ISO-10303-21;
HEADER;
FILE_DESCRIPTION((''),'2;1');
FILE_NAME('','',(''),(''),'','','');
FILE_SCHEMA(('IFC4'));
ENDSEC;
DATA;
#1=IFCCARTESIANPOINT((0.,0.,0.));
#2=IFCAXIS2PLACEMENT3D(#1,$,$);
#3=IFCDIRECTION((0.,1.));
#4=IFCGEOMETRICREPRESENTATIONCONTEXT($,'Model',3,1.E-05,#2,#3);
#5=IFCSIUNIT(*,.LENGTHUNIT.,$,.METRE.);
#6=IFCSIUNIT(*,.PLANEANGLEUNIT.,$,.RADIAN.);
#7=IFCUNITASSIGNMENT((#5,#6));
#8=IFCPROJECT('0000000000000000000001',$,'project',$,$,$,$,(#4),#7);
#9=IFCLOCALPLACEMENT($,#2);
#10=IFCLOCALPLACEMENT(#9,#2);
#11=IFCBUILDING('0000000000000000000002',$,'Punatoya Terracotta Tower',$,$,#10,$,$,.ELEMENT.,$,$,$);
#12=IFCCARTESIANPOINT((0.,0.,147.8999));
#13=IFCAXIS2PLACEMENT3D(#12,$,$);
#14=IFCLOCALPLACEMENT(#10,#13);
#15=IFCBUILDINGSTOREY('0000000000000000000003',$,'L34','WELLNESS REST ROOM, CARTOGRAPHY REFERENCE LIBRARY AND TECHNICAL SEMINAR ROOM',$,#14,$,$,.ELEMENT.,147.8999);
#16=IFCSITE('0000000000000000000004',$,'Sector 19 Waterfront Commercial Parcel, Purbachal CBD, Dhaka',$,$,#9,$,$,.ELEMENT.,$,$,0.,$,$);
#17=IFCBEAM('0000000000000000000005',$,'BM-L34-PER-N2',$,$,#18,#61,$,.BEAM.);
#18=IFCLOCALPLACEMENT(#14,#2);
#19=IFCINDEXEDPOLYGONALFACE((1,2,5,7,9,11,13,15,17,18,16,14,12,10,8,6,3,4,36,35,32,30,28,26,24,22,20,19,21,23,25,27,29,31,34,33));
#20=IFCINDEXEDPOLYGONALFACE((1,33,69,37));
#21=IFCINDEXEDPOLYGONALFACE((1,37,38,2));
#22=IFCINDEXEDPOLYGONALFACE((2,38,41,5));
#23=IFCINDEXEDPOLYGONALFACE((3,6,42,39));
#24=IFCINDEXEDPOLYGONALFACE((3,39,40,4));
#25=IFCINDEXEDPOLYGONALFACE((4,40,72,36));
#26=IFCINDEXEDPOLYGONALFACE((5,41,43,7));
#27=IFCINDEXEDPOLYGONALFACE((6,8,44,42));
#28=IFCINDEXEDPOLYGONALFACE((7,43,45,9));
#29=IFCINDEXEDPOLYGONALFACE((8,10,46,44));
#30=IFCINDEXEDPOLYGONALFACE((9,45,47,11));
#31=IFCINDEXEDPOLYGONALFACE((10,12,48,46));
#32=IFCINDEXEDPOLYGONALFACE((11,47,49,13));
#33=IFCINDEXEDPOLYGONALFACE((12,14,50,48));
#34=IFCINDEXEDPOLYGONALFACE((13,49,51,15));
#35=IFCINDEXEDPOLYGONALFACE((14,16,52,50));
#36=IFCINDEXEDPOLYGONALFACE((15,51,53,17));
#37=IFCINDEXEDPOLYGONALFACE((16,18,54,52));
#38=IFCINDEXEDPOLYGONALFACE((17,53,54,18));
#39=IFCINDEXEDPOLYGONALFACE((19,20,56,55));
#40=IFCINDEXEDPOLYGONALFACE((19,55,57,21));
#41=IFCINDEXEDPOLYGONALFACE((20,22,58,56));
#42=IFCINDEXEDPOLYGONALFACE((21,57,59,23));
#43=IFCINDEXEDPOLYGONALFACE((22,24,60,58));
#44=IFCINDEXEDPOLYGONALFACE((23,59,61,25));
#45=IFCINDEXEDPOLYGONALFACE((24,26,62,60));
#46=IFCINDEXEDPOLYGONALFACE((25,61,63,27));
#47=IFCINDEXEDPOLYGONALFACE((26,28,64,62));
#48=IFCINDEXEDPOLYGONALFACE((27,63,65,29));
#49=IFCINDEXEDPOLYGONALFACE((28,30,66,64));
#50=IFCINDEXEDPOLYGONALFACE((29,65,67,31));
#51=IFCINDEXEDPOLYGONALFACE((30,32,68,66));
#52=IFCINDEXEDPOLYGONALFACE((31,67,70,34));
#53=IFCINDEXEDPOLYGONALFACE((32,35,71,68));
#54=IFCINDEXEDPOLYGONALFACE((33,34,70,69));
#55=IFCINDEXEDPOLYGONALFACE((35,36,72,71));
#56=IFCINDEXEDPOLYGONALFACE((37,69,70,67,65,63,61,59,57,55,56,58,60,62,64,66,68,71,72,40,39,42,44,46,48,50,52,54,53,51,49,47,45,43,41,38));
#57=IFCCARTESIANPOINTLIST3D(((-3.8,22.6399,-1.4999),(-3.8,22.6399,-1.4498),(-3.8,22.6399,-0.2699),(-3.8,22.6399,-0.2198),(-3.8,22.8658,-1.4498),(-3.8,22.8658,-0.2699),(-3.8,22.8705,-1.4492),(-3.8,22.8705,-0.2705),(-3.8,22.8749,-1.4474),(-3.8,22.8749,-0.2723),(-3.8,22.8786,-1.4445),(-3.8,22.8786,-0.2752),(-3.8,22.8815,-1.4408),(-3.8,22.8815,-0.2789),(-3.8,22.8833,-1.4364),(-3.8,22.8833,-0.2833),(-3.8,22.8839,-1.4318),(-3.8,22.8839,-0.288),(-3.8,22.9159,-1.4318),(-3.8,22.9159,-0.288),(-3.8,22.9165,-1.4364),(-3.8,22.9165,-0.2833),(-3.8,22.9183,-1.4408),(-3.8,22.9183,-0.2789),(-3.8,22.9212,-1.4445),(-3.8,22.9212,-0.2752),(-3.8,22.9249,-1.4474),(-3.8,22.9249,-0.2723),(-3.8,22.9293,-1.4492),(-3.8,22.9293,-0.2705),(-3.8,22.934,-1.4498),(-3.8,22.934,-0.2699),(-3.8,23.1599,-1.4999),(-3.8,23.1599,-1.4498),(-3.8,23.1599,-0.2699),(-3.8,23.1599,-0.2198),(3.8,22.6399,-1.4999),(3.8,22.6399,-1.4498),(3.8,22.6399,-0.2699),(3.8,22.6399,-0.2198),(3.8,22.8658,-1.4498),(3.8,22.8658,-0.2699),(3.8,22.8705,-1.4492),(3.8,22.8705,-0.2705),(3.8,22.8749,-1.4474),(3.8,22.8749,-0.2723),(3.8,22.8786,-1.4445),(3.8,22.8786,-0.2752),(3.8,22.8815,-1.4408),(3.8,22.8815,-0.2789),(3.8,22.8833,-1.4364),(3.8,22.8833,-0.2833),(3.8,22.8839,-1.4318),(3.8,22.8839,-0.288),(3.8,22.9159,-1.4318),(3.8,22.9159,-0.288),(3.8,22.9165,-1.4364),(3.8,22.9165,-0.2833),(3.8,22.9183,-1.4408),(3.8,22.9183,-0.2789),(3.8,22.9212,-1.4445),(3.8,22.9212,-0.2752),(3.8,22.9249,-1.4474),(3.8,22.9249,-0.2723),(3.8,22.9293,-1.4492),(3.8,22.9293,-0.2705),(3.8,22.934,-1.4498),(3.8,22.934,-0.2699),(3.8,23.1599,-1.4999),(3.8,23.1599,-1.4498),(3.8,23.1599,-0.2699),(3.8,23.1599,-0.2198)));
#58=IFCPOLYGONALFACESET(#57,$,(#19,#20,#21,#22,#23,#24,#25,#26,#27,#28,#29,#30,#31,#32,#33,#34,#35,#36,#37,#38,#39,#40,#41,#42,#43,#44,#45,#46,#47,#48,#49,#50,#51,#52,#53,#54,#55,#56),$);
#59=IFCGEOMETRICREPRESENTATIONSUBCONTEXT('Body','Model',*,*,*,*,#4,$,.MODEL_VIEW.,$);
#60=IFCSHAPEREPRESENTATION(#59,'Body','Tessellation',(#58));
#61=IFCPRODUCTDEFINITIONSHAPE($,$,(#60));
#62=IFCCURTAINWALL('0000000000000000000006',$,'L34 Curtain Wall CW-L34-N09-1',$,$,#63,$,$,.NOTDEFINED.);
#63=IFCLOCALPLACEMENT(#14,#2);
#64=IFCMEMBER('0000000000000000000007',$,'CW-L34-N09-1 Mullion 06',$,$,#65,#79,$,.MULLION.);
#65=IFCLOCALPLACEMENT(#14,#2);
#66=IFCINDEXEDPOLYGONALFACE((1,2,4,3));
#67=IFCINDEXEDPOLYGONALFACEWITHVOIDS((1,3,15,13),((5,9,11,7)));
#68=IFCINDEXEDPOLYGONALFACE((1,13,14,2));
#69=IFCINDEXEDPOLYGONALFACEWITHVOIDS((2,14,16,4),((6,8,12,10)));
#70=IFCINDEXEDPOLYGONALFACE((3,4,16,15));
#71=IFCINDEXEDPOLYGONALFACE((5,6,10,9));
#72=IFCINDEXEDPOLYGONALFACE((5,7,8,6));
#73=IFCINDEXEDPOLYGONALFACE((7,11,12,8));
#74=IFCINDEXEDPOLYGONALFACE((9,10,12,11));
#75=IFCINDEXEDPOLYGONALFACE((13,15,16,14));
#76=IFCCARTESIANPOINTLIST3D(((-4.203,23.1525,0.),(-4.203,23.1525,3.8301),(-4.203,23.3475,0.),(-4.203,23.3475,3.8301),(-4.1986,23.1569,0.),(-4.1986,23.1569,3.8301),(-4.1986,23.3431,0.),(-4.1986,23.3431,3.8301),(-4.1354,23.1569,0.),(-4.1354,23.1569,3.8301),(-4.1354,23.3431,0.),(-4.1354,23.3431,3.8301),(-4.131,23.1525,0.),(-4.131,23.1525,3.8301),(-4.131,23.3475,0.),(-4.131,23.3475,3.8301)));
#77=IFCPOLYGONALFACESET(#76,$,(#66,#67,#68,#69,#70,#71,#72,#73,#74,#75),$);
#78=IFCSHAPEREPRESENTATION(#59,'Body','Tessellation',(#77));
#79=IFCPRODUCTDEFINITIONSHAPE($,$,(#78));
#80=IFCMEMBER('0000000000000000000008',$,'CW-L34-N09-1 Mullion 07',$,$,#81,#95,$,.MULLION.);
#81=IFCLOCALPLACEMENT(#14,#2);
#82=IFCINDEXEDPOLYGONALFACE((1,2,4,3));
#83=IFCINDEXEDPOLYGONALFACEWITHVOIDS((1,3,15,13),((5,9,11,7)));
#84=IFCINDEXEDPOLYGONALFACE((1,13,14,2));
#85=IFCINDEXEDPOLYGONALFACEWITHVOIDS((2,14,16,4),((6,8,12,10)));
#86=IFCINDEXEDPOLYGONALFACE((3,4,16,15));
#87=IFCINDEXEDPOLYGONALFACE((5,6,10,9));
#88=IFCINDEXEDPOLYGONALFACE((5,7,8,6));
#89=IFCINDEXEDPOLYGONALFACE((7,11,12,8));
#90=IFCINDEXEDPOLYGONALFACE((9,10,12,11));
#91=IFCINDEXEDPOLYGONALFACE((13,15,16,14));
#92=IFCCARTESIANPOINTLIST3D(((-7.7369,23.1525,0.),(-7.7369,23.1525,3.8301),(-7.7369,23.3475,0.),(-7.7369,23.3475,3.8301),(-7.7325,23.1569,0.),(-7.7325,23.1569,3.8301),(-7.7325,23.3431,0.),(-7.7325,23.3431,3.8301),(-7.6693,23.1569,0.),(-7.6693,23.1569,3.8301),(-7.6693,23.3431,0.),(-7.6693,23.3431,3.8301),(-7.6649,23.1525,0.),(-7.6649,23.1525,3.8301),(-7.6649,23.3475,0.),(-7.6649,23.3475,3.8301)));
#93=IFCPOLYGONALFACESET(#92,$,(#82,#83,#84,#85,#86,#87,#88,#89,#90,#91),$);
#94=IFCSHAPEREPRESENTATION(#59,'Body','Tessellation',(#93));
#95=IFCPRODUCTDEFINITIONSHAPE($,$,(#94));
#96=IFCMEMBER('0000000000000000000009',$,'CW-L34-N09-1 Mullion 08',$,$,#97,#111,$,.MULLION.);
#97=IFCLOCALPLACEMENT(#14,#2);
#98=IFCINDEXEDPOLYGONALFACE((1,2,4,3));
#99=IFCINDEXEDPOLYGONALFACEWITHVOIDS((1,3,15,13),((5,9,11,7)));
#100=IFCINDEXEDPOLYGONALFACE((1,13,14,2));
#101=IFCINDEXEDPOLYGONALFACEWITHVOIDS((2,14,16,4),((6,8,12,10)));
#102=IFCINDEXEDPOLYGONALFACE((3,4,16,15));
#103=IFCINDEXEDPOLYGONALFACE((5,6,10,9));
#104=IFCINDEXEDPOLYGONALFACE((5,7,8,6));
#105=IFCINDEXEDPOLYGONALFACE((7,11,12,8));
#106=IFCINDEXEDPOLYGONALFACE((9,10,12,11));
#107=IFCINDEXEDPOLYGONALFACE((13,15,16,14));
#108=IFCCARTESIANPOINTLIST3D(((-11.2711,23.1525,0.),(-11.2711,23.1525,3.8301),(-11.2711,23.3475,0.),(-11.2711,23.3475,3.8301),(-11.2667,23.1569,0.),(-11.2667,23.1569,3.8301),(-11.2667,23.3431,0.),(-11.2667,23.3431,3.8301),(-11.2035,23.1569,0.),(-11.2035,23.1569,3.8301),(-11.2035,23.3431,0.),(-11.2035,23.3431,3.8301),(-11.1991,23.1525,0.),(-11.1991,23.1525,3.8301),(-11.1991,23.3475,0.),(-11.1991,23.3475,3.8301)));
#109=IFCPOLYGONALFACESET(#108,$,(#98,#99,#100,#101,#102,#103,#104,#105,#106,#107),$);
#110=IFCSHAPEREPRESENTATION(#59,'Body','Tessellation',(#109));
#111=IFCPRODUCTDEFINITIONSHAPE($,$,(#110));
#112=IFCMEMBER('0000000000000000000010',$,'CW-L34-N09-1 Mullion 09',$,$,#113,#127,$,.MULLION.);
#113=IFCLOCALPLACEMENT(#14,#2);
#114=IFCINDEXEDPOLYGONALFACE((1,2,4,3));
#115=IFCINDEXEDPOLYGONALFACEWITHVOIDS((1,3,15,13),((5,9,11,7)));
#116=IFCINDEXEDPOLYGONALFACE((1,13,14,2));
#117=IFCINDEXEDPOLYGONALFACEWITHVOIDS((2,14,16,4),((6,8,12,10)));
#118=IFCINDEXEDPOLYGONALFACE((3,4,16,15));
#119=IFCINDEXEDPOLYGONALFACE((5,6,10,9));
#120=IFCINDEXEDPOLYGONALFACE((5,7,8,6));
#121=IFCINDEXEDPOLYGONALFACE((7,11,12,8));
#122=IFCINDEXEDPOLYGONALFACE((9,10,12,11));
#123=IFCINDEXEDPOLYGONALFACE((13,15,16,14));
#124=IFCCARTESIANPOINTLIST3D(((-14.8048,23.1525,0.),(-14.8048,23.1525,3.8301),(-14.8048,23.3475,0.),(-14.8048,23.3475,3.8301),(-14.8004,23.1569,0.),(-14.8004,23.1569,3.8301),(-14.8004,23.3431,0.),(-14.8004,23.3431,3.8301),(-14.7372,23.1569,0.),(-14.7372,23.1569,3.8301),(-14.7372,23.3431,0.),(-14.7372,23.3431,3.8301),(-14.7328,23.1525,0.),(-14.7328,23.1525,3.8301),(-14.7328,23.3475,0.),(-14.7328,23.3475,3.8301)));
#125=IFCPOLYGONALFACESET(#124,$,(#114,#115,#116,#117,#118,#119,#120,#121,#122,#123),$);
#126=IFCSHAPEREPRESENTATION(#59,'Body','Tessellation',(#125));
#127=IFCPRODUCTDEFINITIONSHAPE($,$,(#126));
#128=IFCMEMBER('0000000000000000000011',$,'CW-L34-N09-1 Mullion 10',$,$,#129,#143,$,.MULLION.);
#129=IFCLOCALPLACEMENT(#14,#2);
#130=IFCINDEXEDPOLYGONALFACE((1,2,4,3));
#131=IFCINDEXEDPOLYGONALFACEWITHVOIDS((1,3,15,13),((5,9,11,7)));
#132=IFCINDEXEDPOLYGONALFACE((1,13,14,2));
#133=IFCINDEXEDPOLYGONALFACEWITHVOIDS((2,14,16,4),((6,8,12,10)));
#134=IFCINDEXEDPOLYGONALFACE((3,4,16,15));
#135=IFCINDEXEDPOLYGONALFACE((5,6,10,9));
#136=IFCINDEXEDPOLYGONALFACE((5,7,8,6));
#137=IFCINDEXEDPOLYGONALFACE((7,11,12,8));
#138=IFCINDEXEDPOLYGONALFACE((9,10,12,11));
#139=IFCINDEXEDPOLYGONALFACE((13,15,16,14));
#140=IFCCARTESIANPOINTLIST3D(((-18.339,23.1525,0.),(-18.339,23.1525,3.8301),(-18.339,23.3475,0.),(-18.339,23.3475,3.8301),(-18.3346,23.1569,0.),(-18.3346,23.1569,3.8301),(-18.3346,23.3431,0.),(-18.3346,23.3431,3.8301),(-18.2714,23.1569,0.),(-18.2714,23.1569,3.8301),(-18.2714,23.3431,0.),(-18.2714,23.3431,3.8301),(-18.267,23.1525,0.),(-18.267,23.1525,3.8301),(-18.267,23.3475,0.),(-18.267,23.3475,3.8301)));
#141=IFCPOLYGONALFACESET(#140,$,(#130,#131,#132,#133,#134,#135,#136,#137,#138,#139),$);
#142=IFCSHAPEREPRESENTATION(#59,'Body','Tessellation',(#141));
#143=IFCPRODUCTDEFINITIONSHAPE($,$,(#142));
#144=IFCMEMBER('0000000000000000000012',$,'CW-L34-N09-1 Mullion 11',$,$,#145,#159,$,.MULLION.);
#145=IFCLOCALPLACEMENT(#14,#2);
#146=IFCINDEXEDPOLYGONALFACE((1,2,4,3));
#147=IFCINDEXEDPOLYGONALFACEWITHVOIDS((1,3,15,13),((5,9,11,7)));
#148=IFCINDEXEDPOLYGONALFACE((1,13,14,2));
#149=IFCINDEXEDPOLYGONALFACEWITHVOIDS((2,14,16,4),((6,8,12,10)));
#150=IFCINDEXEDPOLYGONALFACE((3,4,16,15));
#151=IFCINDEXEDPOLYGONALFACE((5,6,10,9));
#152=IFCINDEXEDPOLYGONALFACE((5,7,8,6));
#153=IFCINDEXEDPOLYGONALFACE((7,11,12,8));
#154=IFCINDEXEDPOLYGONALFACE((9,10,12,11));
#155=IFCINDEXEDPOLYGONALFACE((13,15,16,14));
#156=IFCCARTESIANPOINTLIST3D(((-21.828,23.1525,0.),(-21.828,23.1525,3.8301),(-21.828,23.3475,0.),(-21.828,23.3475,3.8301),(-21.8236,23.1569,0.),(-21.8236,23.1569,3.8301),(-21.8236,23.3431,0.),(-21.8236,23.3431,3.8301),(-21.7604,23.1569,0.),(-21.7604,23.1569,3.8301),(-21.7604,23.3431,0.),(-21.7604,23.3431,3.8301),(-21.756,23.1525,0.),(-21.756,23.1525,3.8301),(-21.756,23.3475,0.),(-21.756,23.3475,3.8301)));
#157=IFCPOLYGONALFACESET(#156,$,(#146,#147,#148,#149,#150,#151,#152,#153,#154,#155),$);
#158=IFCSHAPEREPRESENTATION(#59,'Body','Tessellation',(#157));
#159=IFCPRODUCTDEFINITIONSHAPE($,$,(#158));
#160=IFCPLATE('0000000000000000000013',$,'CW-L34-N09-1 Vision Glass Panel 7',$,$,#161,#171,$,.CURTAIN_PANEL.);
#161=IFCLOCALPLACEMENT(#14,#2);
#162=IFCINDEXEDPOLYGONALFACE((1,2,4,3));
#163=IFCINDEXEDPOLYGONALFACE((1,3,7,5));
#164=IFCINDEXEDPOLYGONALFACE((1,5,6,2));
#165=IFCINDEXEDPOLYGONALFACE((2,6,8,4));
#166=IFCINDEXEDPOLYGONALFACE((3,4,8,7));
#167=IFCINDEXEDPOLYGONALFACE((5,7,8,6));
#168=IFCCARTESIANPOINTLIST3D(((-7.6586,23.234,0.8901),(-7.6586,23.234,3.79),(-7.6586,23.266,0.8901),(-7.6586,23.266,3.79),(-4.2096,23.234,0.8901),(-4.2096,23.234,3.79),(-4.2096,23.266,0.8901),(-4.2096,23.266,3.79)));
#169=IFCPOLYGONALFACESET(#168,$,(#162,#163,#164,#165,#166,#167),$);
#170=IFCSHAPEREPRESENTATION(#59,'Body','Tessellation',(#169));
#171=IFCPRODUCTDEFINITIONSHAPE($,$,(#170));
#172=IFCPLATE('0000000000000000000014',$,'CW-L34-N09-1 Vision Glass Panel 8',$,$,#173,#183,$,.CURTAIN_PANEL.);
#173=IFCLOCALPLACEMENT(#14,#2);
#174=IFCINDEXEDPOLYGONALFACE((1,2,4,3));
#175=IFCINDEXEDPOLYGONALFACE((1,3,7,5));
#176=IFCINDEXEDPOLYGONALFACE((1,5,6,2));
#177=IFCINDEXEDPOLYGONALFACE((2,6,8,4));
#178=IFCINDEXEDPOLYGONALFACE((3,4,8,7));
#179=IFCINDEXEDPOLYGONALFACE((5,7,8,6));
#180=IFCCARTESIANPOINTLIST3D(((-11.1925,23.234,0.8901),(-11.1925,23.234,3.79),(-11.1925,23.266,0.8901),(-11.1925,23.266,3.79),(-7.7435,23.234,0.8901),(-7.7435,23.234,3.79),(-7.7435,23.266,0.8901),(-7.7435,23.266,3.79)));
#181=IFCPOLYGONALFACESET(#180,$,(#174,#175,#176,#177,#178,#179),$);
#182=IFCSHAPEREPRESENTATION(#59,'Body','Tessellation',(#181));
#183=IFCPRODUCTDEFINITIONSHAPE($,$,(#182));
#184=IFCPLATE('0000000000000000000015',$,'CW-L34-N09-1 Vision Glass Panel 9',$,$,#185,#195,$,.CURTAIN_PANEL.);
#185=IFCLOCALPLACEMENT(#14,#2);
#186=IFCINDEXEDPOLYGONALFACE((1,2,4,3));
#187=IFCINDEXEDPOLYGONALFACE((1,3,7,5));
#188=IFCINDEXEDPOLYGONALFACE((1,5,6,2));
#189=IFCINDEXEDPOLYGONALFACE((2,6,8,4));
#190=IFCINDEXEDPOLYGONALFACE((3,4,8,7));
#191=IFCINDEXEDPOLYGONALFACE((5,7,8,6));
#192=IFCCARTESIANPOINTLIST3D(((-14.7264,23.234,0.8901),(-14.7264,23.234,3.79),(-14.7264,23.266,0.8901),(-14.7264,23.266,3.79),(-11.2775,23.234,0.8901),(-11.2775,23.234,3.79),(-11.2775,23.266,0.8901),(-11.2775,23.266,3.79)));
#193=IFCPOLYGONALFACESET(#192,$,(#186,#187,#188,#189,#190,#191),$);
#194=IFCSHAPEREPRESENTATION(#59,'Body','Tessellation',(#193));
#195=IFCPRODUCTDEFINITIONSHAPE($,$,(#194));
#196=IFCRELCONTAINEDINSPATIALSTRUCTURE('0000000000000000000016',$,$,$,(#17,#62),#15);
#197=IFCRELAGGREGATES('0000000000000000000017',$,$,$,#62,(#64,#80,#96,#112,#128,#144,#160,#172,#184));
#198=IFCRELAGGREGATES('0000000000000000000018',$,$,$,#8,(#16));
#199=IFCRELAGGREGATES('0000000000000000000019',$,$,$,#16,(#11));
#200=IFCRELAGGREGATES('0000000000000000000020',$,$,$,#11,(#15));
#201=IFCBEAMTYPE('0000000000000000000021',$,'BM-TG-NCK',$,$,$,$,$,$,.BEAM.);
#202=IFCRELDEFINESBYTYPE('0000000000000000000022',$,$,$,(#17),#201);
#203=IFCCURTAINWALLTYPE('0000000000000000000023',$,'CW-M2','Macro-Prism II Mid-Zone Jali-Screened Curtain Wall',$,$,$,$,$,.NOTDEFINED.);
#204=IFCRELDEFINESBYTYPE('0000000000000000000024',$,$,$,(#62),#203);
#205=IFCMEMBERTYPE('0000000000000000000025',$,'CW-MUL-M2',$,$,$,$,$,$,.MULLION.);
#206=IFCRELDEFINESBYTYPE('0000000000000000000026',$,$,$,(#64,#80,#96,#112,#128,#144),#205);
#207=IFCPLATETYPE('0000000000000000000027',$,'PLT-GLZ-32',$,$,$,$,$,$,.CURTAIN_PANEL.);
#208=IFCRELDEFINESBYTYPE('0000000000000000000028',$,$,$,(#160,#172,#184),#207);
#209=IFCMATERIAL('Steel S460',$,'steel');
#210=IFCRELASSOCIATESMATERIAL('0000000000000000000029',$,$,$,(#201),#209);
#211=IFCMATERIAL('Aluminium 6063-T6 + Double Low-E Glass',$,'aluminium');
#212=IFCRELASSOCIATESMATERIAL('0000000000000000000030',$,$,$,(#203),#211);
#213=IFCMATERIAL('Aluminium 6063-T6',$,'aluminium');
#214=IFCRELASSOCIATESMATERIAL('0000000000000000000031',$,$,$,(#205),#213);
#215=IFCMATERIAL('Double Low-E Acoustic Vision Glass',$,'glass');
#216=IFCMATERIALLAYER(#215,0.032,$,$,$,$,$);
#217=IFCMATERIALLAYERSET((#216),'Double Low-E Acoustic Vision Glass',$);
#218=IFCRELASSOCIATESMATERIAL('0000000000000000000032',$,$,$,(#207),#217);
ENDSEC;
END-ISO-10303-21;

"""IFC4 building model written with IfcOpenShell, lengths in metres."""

from ifc_helpers import new_model, si_unit, direction, frame, origin, origin_2d, place, context, subcontext, project, spatial, rectangle, hollow_rectangle, i_section, extrude, material, layer, layer_set, material_profile, profile_set, type_object, element, aggregate, save


model = new_model("IFC4")

# Units and contexts
model_context = context("Model", 3, precision=1e-05, world=origin(), true_north=direction((0.0, 1.0)))
body_context = subcontext(model_context, "Body", "Model", "MODEL_VIEW")
ifc_project = project(units=[si_unit("LENGTHUNIT", "METRE"), si_unit("PLANEANGLEUNIT", "RADIAN")], contexts=[model_context])

# Site, building, storey
site_placement = place(None, origin())
site = spatial("IfcSite", under=ifc_project, at=site_placement, Name="Sector 19 Waterfront Commercial Parcel, Purbachal CBD, Dhaka", CompositionType="ELEMENT", RefElevation=0.0)
building_placement = place(site_placement, origin())
building = spatial("IfcBuilding", under=site, at=building_placement, Name="Punatoya Terracotta Tower", CompositionType="ELEMENT")
storey_placement = place(building_placement, frame((0.0, 0.0, 147.8999)))
storey = spatial("IfcBuildingStorey", under=building, at=storey_placement, Name="L34", Description="WELLNESS REST ROOM, CARTOGRAPHY REFERENCE LIBRARY AND TECHNICAL SEMINAR ROOM", CompositionType="ELEMENT", Elevation=147.8999)

# Shared definitions
ifc_material_1 = material(Name="Steel S460", Category="steel")

# Beam
ifc_material_profile_1 = material_profile(ifc_material_1, i_section(OverallWidth=0.52, OverallDepth=1.28, WebThickness=0.032, FlangeThickness=0.05, FilletRadius=0.0181, at=origin_2d()))
ifc_profile_set_1 = profile_set([ifc_material_profile_1], Name="Steel S460")
beam_type_1 = type_object("IfcBeamType", Name="BM-TG-NCK", PredefinedType="BEAM", material=ifc_profile_set_1)
beam_1_placement = place(storey_placement, frame((-3.8, 22.8999, -0.8599), z_axis=(1.0, 0.0, 0.0), x_axis=(0.0, 1.0, 0.0)))
element("IfcBeam", 1, at=beam_1_placement, inside=storey, type_object=beam_type_1, Name="BM-L34-PER-N2", PredefinedType="BEAM", context=body_context, shape_type="SweptSolid", body=[
    extrude(i_section(OverallWidth=0.52, OverallDepth=1.28, WebThickness=0.032, FlangeThickness=0.05, FilletRadius=0.0181, at=origin_2d()), origin(), (0.0, 0.0, 1.0), 7.6001),
])

# Curtain wall, members, plates
ifc_material_2 = material(Name="Aluminium 6063-T6 + Double Low-E Glass", Category="aluminium")
curtain_wall_type = type_object("IfcCurtainWallType", Name="CW-M2", Description="Macro-Prism II Mid-Zone Jali-Screened Curtain Wall", PredefinedType="NOTDEFINED", material=ifc_material_2)
curtain_wall_placement = place(storey_placement, origin())
curtain_wall = element("IfcCurtainWall", 2, at=curtain_wall_placement, inside=storey, type_object=curtain_wall_type, Name="L34 Curtain Wall CW-L34-N09-1", PredefinedType="NOTDEFINED")
ifc_material_3 = material(Name="Aluminium 6063-T6", Category="aluminium")
ifc_material_profile_2 = material_profile(ifc_material_3, hollow_rectangle(XDim=0.072, YDim=0.1951, WallThickness=0.0044, at=origin_2d()))
ifc_profile_set_2 = profile_set([ifc_material_profile_2], Name="Aluminium 6063-T6")
member_type = type_object("IfcMemberType", Name="CW-MUL-M2", PredefinedType="MULLION", material=ifc_profile_set_2)
member_1_placement = place(storey_placement, frame((-4.167, 23.25, 0.0), z_axis=(0.0, 0.0, 1.0), x_axis=(1.0, 0.0, 0.0)))
member_1 = element("IfcMember", 3, at=member_1_placement, type_object=member_type, Name="CW-L34-N09-1 Mullion 06", PredefinedType="MULLION", context=body_context, shape_type="SweptSolid", body=[
    extrude(hollow_rectangle(XDim=0.072, YDim=0.1951, WallThickness=0.0044, at=origin_2d()), origin(), (0.0, 0.0, 1.0), 3.8301),
])
member_2_placement = place(storey_placement, frame((-7.7009, 23.25, 0.0), z_axis=(0.0, 0.0, 1.0), x_axis=(1.0, 0.0, 0.0)))
member_2 = element("IfcMember", 4, at=member_2_placement, type_object=member_type, Name="CW-L34-N09-1 Mullion 07", PredefinedType="MULLION", context=body_context, shape_type="SweptSolid", body=[
    extrude(hollow_rectangle(XDim=0.072, YDim=0.1951, WallThickness=0.0044, at=origin_2d()), origin(), (0.0, 0.0, 1.0), 3.8301),
])
member_3_placement = place(storey_placement, frame((-11.2351, 23.25, 0.0), z_axis=(0.0, 0.0, 1.0), x_axis=(1.0, 0.0, 0.0)))
member_3 = element("IfcMember", 5, at=member_3_placement, type_object=member_type, Name="CW-L34-N09-1 Mullion 08", PredefinedType="MULLION", context=body_context, shape_type="SweptSolid", body=[
    extrude(hollow_rectangle(XDim=0.072, YDim=0.1951, WallThickness=0.0044, at=origin_2d()), origin(), (0.0, 0.0, 1.0), 3.8301),
])
member_4_placement = place(storey_placement, frame((-14.7688, 23.25, 0.0), z_axis=(0.0, 0.0, 1.0), x_axis=(1.0, 0.0, 0.0)))
member_4 = element("IfcMember", 6, at=member_4_placement, type_object=member_type, Name="CW-L34-N09-1 Mullion 09", PredefinedType="MULLION", context=body_context, shape_type="SweptSolid", body=[
    extrude(hollow_rectangle(XDim=0.072, YDim=0.1951, WallThickness=0.0044, at=origin_2d()), origin(), (0.0, 0.0, 1.0), 3.8301),
])
member_5_placement = place(storey_placement, frame((-18.303, 23.25, 0.0), z_axis=(0.0, 0.0, 1.0), x_axis=(1.0, 0.0, 0.0)))
member_5 = element("IfcMember", 7, at=member_5_placement, type_object=member_type, Name="CW-L34-N09-1 Mullion 10", PredefinedType="MULLION", context=body_context, shape_type="SweptSolid", body=[
    extrude(hollow_rectangle(XDim=0.072, YDim=0.1951, WallThickness=0.0044, at=origin_2d()), origin(), (0.0, 0.0, 1.0), 3.8301),
])
member_6_placement = place(storey_placement, frame((-21.792, 23.25, 0.0), z_axis=(0.0, 0.0, 1.0), x_axis=(1.0, 0.0, 0.0)))
member_6 = element("IfcMember", 8, at=member_6_placement, type_object=member_type, Name="CW-L34-N09-1 Mullion 11", PredefinedType="MULLION", context=body_context, shape_type="SweptSolid", body=[
    extrude(hollow_rectangle(XDim=0.072, YDim=0.1951, WallThickness=0.0044, at=origin_2d()), origin(), (0.0, 0.0, 1.0), 3.8301),
])
ifc_material_4 = material(Name="Double Low-E Acoustic Vision Glass", Category="glass")
ifc_layer_1 = layer(ifc_material_4, 0.032)
ifc_layer_set_1 = layer_set([ifc_layer_1], Name="Double Low-E Acoustic Vision Glass")
plate_type_1 = type_object("IfcPlateType", Name="PLT-GLZ-32", PredefinedType="CURTAIN_PANEL", material=ifc_layer_set_1)
plate_1_placement = place(storey_placement, frame((-5.9341, 23.25, 0.8901), z_axis=(0.0, 0.0, 1.0), x_axis=(-1.0, 0.0, 0.0)))
plate_1 = element("IfcPlate", 9, at=plate_1_placement, type_object=plate_type_1, Name="CW-L34-N09-1 Vision Glass Panel 7", PredefinedType="CURTAIN_PANEL", context=body_context, shape_type="SweptSolid", body=[
    extrude(rectangle(XDim=3.449, YDim=0.032, at=origin_2d()), origin(), (0.0, 0.0, 1.0), 2.8999),
])
plate_2_placement = place(storey_placement, frame((-9.468, 23.25, 0.8901), z_axis=(0.0, 0.0, 1.0), x_axis=(-1.0, 0.0, 0.0)))
plate_2 = element("IfcPlate", 10, at=plate_2_placement, type_object=plate_type_1, Name="CW-L34-N09-1 Vision Glass Panel 8", PredefinedType="CURTAIN_PANEL", context=body_context, shape_type="SweptSolid", body=[
    extrude(rectangle(XDim=3.449, YDim=0.032, at=origin_2d()), origin(), (0.0, 0.0, 1.0), 2.8999),
])
plate_3_placement = place(storey_placement, frame((-13.002, 23.25, 0.8901), z_axis=(0.0, 0.0, 1.0), x_axis=(-1.0, 0.0, 0.0)))
plate_3 = element("IfcPlate", 11, at=plate_3_placement, type_object=plate_type_1, Name="CW-L34-N09-1 Vision Glass Panel 9", PredefinedType="CURTAIN_PANEL", context=body_context, shape_type="SweptSolid", body=[
    extrude(rectangle(XDim=3.449, YDim=0.032, at=origin_2d()), origin(), (0.0, 0.0, 1.0), 2.8999),
])
aggregate(curtain_wall, [member_1, member_2, member_3, member_4, member_5, member_6, plate_1, plate_2, plate_3])

save(model, "model.ifc")
